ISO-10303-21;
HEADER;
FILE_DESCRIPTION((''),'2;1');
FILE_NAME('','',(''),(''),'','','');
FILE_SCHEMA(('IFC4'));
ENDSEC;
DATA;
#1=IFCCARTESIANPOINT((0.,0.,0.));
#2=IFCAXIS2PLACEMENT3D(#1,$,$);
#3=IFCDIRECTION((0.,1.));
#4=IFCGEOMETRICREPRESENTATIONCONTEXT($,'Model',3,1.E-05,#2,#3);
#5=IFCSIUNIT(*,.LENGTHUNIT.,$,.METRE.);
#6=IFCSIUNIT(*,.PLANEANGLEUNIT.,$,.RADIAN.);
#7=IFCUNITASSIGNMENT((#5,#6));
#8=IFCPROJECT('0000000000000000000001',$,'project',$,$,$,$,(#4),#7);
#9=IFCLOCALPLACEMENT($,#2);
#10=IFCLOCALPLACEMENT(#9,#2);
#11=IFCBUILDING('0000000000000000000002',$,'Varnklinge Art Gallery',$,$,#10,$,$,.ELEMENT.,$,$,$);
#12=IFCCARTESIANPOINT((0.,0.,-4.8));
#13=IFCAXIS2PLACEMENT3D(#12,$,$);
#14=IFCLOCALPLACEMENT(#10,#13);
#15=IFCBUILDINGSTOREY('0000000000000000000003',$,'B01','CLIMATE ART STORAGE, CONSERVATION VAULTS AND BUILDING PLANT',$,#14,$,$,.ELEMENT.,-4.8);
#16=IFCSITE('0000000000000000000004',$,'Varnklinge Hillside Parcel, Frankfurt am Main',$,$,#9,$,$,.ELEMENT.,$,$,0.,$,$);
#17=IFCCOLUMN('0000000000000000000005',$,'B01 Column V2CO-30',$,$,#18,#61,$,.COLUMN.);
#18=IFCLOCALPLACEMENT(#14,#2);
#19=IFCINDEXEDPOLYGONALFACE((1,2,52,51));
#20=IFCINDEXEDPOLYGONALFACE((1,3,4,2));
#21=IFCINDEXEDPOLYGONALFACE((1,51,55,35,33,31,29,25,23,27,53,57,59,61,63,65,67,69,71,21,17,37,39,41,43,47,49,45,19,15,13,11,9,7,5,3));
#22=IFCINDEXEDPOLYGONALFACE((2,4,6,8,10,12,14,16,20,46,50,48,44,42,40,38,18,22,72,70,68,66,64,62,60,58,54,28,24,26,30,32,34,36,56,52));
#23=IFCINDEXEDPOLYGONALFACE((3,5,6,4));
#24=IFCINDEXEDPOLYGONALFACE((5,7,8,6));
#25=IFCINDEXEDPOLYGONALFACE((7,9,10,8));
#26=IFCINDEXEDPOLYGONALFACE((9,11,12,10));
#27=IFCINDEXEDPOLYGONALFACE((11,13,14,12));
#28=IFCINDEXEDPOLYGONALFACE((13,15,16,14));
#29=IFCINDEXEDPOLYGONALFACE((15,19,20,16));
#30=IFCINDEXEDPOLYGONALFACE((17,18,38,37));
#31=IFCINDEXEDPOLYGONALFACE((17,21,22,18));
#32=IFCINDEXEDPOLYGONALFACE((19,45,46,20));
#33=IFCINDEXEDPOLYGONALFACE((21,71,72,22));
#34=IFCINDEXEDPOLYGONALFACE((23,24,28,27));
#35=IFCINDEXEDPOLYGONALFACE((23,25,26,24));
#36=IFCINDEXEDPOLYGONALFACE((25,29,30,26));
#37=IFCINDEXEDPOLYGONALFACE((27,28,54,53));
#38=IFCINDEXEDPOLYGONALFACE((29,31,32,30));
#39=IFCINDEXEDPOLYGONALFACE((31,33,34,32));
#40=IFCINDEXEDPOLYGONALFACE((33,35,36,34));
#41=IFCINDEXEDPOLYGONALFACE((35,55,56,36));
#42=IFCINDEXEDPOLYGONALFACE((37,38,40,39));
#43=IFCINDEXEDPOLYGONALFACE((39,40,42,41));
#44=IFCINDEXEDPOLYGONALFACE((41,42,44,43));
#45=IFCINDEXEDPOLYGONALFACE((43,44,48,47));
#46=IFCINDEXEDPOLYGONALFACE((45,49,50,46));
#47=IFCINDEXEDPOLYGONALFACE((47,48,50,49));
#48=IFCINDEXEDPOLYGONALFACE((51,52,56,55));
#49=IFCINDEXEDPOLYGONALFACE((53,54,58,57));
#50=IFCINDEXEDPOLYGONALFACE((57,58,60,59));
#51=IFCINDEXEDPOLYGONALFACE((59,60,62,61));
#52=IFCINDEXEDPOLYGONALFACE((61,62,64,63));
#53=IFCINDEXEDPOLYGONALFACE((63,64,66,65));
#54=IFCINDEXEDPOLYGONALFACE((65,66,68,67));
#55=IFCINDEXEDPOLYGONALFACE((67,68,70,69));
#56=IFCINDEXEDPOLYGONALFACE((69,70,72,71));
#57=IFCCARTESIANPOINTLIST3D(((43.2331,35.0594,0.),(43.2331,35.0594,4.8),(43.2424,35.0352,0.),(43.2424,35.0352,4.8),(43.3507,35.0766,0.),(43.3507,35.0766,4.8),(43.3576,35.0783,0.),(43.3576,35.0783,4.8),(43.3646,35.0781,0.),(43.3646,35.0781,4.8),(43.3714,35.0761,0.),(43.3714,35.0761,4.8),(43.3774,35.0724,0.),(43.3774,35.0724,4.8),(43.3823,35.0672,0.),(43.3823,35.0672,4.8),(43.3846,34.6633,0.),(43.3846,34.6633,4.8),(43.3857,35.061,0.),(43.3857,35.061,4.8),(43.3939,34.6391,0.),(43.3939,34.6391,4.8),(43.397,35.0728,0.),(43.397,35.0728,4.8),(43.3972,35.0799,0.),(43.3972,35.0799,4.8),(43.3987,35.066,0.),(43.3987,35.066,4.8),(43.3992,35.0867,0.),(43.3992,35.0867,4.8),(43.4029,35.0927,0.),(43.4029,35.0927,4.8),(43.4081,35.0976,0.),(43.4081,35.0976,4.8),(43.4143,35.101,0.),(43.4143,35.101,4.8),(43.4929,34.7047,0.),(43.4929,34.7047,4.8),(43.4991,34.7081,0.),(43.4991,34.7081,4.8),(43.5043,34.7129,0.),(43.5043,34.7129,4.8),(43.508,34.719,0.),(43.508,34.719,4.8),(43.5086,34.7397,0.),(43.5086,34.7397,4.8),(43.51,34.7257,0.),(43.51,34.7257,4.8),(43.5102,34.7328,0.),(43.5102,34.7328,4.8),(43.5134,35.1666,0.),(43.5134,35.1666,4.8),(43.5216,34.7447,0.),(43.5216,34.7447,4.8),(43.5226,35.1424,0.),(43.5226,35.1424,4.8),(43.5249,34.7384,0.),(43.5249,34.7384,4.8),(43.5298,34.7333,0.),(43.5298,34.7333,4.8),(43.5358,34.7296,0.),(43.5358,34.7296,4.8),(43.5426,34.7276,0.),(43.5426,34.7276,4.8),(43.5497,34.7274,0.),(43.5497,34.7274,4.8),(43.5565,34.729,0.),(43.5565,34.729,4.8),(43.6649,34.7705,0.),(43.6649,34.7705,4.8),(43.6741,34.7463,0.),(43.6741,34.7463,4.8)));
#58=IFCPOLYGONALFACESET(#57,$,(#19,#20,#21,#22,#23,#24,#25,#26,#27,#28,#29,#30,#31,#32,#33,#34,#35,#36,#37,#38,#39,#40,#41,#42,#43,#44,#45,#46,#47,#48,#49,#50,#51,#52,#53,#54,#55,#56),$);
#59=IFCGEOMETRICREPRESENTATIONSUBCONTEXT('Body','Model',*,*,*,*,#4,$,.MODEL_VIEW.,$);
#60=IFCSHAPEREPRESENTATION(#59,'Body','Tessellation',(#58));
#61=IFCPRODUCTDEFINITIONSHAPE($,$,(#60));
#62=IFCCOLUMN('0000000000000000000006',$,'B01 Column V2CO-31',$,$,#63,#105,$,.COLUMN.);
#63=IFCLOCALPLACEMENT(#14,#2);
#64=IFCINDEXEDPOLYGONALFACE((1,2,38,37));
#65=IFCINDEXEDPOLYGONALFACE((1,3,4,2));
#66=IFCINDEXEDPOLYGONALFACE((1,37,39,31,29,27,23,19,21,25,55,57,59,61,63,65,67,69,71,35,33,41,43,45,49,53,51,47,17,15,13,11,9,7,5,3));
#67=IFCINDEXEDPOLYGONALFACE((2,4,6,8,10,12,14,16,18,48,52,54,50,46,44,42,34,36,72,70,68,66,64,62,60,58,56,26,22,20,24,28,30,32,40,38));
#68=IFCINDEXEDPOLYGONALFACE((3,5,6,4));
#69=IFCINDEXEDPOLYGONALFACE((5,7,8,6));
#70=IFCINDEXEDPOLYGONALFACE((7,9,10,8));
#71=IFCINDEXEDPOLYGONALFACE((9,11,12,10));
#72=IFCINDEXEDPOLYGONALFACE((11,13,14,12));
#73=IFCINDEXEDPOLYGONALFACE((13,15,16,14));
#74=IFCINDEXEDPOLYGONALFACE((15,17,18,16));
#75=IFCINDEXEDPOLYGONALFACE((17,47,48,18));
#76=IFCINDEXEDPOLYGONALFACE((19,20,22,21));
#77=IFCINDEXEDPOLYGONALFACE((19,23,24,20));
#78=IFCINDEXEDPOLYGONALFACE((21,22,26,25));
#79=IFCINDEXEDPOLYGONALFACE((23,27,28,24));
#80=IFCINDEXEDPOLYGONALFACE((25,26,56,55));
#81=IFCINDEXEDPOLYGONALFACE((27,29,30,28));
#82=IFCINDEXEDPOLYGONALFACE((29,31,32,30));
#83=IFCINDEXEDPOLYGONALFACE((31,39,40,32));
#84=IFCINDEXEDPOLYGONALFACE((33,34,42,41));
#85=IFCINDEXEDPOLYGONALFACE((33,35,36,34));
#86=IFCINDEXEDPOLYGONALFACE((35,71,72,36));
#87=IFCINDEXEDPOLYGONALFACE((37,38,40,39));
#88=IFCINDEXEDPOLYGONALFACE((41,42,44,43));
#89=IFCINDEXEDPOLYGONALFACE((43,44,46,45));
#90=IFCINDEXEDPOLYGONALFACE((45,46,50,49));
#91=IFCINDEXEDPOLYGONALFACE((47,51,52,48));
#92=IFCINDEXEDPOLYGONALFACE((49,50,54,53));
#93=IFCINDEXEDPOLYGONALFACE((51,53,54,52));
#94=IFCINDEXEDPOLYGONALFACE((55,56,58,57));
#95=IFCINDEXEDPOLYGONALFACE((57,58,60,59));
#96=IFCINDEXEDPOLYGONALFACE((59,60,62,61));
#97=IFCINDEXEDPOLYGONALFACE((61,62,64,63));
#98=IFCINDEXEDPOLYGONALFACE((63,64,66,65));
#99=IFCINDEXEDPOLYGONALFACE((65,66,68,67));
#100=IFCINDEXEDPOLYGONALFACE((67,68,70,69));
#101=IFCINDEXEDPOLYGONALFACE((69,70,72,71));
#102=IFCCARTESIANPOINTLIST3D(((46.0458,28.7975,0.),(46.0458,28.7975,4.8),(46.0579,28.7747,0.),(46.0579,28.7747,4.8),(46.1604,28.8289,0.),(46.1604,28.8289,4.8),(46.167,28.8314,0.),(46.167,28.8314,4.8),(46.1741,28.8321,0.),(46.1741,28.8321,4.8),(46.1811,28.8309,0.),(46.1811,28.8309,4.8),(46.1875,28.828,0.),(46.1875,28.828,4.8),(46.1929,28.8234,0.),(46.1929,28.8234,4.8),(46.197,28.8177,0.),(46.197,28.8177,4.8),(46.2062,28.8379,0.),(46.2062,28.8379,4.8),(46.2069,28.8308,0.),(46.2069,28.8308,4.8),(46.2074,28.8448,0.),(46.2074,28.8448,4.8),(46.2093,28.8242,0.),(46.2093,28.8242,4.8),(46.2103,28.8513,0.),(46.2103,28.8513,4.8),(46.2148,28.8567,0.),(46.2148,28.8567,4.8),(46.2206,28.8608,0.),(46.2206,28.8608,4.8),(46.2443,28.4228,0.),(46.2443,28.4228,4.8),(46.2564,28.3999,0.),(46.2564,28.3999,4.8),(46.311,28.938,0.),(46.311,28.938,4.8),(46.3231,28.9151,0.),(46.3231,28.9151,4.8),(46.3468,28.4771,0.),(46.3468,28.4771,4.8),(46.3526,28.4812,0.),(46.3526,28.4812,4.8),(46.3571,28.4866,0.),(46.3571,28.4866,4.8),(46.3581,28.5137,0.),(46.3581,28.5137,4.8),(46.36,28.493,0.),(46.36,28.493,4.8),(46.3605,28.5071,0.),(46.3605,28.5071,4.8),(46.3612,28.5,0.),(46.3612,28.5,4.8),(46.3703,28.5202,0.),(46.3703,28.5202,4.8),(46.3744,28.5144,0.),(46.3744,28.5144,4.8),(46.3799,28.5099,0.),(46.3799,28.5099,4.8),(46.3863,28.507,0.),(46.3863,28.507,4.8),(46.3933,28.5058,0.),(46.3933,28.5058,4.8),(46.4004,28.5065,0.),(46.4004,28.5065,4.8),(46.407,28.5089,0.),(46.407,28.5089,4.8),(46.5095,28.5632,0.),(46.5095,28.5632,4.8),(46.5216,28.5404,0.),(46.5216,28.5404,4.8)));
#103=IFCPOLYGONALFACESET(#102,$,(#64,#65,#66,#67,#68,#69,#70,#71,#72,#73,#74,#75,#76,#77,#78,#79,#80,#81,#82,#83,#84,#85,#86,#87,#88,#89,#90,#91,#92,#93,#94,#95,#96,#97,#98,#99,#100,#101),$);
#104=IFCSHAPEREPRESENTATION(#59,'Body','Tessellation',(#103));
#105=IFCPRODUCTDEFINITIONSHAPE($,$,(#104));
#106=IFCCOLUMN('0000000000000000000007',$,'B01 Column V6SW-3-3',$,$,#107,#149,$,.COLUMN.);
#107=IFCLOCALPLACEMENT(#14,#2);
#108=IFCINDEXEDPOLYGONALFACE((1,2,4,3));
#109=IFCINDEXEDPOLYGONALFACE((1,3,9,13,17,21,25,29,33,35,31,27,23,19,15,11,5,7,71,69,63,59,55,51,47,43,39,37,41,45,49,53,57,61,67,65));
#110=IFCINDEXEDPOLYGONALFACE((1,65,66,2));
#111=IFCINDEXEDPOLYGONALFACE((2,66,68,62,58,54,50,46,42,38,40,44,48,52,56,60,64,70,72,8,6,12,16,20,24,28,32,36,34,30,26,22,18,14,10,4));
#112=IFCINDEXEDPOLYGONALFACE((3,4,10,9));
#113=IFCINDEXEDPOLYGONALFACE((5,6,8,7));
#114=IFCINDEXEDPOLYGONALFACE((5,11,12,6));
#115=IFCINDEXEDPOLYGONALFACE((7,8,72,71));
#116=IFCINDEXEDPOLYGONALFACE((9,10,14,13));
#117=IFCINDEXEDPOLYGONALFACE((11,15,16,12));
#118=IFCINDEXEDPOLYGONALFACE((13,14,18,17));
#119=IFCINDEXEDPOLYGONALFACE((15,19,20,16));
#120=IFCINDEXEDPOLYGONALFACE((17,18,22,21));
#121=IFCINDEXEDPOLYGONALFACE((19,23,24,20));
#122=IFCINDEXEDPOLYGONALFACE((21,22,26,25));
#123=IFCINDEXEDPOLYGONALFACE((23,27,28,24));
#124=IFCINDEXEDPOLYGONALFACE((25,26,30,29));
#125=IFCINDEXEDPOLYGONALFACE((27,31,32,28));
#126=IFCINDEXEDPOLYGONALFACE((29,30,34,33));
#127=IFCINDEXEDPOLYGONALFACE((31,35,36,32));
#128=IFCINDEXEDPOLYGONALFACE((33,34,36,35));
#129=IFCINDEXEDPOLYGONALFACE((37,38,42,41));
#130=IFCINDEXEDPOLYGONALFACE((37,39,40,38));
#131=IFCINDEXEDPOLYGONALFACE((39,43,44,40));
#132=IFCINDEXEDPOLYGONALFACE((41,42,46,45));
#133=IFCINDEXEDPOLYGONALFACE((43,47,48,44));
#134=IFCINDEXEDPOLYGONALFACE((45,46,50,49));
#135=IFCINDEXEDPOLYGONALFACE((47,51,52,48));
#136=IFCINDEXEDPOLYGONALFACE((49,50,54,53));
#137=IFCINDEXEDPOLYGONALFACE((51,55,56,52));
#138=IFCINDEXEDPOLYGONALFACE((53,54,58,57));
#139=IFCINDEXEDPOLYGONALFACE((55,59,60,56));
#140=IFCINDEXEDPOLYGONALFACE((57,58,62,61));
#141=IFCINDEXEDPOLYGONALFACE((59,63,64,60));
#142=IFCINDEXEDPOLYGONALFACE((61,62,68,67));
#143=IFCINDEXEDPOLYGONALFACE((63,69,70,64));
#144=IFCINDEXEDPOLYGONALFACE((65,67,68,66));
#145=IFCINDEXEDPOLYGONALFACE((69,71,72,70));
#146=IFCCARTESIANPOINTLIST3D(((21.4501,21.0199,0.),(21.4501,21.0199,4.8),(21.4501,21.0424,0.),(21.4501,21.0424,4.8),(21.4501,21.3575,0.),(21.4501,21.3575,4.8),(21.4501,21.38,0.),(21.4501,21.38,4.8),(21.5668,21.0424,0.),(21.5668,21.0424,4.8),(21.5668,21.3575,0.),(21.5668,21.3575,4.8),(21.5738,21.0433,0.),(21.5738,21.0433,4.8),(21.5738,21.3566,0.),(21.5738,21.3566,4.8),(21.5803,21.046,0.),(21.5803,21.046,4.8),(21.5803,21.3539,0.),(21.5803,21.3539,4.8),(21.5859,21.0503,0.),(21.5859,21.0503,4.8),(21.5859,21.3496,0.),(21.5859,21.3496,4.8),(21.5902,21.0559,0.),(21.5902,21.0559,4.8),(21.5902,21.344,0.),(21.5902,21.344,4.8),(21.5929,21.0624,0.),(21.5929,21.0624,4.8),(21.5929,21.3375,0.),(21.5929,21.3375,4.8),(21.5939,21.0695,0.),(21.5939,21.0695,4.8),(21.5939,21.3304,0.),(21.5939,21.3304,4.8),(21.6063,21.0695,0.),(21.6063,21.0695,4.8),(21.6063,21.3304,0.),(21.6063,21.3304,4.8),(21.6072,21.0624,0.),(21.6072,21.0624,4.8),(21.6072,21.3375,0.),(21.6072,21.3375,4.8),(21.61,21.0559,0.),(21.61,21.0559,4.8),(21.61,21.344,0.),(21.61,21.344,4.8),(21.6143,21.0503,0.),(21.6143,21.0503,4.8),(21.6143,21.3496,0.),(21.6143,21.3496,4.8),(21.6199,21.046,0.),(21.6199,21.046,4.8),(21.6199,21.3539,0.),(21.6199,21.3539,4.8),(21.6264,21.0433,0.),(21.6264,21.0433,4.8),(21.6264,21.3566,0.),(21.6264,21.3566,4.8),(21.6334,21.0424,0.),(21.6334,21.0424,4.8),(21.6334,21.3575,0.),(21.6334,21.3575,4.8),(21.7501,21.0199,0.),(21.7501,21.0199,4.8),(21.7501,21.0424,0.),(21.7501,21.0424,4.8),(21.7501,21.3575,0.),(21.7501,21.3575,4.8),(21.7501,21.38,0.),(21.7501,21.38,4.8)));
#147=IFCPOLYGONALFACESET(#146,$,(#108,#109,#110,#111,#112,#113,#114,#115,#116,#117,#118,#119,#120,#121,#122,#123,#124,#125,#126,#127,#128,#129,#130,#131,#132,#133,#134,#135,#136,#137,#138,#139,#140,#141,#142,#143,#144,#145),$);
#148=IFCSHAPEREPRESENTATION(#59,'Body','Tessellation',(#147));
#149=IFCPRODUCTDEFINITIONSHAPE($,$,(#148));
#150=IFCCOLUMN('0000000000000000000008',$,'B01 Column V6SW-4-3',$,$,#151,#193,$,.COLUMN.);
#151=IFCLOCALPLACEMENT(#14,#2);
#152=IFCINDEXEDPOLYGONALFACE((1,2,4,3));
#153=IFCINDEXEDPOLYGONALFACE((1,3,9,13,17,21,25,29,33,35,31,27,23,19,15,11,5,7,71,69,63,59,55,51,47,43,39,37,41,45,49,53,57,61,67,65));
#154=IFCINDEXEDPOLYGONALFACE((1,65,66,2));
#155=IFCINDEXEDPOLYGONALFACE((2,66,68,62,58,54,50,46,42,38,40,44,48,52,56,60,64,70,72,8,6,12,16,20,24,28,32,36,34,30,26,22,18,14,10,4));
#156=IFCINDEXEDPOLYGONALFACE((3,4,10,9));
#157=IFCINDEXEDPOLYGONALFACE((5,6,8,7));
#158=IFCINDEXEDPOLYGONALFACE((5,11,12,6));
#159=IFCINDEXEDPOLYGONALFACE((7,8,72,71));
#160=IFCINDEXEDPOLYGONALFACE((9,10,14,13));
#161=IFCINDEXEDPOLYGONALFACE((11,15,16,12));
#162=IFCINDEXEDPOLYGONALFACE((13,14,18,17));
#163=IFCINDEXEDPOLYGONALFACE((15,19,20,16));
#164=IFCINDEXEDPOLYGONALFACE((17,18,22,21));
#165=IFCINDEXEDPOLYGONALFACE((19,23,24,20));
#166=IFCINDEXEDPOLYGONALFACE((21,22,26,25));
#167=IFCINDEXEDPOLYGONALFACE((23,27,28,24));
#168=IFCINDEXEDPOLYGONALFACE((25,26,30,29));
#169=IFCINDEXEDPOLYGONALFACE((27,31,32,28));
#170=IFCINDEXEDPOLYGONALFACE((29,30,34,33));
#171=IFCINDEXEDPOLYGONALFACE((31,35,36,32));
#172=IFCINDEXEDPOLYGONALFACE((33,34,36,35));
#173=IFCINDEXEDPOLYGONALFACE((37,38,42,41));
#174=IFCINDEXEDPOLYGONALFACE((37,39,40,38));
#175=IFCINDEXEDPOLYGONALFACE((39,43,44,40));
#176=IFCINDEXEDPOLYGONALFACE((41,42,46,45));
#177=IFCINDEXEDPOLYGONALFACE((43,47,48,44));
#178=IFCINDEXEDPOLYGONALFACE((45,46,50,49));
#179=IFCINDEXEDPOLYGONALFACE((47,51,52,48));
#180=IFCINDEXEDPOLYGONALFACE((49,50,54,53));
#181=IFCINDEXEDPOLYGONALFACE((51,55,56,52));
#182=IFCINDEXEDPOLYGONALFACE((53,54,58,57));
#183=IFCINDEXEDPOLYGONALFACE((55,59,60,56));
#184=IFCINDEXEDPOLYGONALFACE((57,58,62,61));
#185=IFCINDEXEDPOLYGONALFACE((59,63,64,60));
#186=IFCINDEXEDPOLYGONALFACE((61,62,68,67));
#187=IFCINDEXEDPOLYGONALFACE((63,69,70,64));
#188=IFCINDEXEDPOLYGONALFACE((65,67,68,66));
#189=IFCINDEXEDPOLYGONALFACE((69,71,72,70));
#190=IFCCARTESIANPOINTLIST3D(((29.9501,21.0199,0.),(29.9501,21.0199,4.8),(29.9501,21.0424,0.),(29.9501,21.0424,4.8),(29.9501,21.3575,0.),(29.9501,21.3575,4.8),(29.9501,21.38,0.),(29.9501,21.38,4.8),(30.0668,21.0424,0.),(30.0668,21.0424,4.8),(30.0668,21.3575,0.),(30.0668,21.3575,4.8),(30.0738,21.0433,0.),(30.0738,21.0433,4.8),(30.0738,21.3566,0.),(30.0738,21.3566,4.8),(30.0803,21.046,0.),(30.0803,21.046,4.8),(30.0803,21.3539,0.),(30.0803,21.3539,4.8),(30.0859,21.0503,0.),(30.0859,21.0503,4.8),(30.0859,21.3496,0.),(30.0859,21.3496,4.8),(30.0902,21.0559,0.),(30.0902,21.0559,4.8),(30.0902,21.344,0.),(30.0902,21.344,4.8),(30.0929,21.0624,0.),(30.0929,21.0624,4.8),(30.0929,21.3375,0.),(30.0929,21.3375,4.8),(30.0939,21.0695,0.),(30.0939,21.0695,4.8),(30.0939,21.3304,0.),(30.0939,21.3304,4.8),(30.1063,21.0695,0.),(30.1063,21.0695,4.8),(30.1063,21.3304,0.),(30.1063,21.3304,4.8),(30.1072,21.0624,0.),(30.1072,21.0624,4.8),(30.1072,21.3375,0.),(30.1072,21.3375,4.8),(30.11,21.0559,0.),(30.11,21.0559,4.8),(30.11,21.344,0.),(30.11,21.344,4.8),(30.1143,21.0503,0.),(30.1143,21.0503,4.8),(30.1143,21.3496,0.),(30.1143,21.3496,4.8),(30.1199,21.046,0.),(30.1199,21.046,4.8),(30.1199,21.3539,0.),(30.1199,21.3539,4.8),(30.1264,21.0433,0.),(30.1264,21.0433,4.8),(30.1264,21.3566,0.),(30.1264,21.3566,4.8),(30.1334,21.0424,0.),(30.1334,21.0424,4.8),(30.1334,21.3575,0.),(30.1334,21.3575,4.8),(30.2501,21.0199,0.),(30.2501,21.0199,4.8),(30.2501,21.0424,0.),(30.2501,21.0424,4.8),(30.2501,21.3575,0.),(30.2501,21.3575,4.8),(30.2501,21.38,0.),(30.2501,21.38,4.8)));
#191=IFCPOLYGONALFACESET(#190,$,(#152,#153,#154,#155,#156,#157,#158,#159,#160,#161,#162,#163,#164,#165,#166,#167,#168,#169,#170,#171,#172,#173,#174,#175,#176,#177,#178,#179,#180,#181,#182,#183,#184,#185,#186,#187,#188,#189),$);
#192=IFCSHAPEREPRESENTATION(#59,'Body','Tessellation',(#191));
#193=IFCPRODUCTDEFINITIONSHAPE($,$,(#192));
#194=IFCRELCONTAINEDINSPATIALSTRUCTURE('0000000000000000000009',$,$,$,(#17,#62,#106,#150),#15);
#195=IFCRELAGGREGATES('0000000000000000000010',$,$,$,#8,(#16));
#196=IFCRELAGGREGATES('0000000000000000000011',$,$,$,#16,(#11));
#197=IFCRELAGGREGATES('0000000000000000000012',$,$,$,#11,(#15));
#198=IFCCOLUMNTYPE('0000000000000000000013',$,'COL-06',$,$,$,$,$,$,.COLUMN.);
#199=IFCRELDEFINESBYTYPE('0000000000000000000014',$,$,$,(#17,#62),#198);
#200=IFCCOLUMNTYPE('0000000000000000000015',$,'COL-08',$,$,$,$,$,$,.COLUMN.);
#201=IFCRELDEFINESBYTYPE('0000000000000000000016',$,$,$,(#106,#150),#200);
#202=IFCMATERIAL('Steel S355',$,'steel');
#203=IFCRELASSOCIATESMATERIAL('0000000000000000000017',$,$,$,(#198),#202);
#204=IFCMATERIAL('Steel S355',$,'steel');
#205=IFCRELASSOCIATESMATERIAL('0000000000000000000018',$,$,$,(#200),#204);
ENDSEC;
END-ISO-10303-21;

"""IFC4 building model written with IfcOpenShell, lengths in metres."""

from ifc_helpers import new_model, si_unit, direction, frame, origin, origin_2d, place, context, subcontext, project, spatial, i_section, extrude, material, material_profile, profile_set, type_object, element, save


model = new_model("IFC4")

# Units and contexts
model_context = context("Model", 3, precision=1e-05, world=origin(), true_north=direction((0.0, 1.0)))
body_context = subcontext(model_context, "Body", "Model", "MODEL_VIEW")
ifc_project = project(units=[si_unit("LENGTHUNIT", "METRE"), si_unit("PLANEANGLEUNIT", "RADIAN")], contexts=[model_context])

# Site, building, storey
site_placement = place(None, origin())
site = spatial("IfcSite", under=ifc_project, at=site_placement, Name="Varnklinge Hillside Parcel, Frankfurt am Main", CompositionType="ELEMENT", RefElevation=0.0)
building_placement = place(site_placement, origin())
building = spatial("IfcBuilding", under=site, at=building_placement, Name="Varnklinge Art Gallery", CompositionType="ELEMENT")
storey_placement = place(building_placement, frame((0.0, 0.0, -4.8)))
storey = spatial("IfcBuildingStorey", under=building, at=storey_placement, Name="B01", Description="CLIMATE ART STORAGE, CONSERVATION VAULTS AND BUILDING PLANT", CompositionType="ELEMENT", Elevation=-4.8)

# Columns
ifc_material_1 = material(Name="Steel S355", Category="steel")
ifc_material_profile_1 = material_profile(ifc_material_1, i_section(OverallWidth=0.3, OverallDepth=0.45, WebThickness=0.0139, FlangeThickness=0.0259, FilletRadius=0.0271, at=origin_2d()), Name="HEB 450")
ifc_profile_set_1 = profile_set([ifc_material_profile_1], Name="Steel S355")
column_type_1 = type_object("IfcColumnType", Name="COL-06", PredefinedType="COLUMN", material=ifc_profile_set_1)
for number, where, z_axis, x_axis, name in (
    (1, (43.4536, 34.9028, 0.0), (0.0, 0.0, 1.0), (0.934018, 0.357227, 0.0), "B01 Column V2CO-30"),
    (2, (46.2837, 28.6689, 0.0), (0.0, 0.0, 1.0), (0.883684, 0.468084, 0.0), "B01 Column V2CO-31"),
):
    element("IfcColumn", number, at=place(storey_placement, frame(where, z_axis=z_axis, x_axis=x_axis)), inside=storey, type_object=column_type_1, Name=name, PredefinedType="COLUMN", context=body_context, shape_type="SweptSolid", body=[
        extrude(i_section(OverallWidth=0.3, OverallDepth=0.45, WebThickness=0.0139, FlangeThickness=0.0259, FilletRadius=0.0271, at=origin_2d()), origin(), (0.0, 0.0, 1.0), 4.8),
    ])
ifc_material_2 = material(Name="Steel S355", Category="steel")
ifc_material_profile_2 = material_profile(ifc_material_2, i_section(OverallWidth=0.3, OverallDepth=0.3601, WebThickness=0.0125, FlangeThickness=0.0225, FilletRadius=0.0271, at=origin_2d()), Name="HEB 360")
ifc_profile_set_2 = profile_set([ifc_material_profile_2], Name="Steel S355")
column_type_2 = type_object("IfcColumnType", Name="COL-08", PredefinedType="COLUMN", material=ifc_profile_set_2)
for number, where, z_axis, x_axis, name in (
    (3, (21.6001, 21.2, 0.0), (0.0, 0.0, 1.0), (1.0, 0.0, 0.0), "B01 Column V6SW-3-3"),
    (4, (30.1001, 21.2, 0.0), (0.0, 0.0, 1.0), (1.0, 0.0, 0.0), "B01 Column V6SW-4-3"),
):
    element("IfcColumn", number, at=place(storey_placement, frame(where, z_axis=z_axis, x_axis=x_axis)), inside=storey, type_object=column_type_2, Name=name, PredefinedType="COLUMN", context=body_context, shape_type="SweptSolid", body=[
        extrude(i_section(OverallWidth=0.3, OverallDepth=0.3601, WebThickness=0.0125, FlangeThickness=0.0225, FilletRadius=0.0271, at=origin_2d()), origin(), (0.0, 0.0, 1.0), 4.8),
    ])

save(model, "model.ifc")
